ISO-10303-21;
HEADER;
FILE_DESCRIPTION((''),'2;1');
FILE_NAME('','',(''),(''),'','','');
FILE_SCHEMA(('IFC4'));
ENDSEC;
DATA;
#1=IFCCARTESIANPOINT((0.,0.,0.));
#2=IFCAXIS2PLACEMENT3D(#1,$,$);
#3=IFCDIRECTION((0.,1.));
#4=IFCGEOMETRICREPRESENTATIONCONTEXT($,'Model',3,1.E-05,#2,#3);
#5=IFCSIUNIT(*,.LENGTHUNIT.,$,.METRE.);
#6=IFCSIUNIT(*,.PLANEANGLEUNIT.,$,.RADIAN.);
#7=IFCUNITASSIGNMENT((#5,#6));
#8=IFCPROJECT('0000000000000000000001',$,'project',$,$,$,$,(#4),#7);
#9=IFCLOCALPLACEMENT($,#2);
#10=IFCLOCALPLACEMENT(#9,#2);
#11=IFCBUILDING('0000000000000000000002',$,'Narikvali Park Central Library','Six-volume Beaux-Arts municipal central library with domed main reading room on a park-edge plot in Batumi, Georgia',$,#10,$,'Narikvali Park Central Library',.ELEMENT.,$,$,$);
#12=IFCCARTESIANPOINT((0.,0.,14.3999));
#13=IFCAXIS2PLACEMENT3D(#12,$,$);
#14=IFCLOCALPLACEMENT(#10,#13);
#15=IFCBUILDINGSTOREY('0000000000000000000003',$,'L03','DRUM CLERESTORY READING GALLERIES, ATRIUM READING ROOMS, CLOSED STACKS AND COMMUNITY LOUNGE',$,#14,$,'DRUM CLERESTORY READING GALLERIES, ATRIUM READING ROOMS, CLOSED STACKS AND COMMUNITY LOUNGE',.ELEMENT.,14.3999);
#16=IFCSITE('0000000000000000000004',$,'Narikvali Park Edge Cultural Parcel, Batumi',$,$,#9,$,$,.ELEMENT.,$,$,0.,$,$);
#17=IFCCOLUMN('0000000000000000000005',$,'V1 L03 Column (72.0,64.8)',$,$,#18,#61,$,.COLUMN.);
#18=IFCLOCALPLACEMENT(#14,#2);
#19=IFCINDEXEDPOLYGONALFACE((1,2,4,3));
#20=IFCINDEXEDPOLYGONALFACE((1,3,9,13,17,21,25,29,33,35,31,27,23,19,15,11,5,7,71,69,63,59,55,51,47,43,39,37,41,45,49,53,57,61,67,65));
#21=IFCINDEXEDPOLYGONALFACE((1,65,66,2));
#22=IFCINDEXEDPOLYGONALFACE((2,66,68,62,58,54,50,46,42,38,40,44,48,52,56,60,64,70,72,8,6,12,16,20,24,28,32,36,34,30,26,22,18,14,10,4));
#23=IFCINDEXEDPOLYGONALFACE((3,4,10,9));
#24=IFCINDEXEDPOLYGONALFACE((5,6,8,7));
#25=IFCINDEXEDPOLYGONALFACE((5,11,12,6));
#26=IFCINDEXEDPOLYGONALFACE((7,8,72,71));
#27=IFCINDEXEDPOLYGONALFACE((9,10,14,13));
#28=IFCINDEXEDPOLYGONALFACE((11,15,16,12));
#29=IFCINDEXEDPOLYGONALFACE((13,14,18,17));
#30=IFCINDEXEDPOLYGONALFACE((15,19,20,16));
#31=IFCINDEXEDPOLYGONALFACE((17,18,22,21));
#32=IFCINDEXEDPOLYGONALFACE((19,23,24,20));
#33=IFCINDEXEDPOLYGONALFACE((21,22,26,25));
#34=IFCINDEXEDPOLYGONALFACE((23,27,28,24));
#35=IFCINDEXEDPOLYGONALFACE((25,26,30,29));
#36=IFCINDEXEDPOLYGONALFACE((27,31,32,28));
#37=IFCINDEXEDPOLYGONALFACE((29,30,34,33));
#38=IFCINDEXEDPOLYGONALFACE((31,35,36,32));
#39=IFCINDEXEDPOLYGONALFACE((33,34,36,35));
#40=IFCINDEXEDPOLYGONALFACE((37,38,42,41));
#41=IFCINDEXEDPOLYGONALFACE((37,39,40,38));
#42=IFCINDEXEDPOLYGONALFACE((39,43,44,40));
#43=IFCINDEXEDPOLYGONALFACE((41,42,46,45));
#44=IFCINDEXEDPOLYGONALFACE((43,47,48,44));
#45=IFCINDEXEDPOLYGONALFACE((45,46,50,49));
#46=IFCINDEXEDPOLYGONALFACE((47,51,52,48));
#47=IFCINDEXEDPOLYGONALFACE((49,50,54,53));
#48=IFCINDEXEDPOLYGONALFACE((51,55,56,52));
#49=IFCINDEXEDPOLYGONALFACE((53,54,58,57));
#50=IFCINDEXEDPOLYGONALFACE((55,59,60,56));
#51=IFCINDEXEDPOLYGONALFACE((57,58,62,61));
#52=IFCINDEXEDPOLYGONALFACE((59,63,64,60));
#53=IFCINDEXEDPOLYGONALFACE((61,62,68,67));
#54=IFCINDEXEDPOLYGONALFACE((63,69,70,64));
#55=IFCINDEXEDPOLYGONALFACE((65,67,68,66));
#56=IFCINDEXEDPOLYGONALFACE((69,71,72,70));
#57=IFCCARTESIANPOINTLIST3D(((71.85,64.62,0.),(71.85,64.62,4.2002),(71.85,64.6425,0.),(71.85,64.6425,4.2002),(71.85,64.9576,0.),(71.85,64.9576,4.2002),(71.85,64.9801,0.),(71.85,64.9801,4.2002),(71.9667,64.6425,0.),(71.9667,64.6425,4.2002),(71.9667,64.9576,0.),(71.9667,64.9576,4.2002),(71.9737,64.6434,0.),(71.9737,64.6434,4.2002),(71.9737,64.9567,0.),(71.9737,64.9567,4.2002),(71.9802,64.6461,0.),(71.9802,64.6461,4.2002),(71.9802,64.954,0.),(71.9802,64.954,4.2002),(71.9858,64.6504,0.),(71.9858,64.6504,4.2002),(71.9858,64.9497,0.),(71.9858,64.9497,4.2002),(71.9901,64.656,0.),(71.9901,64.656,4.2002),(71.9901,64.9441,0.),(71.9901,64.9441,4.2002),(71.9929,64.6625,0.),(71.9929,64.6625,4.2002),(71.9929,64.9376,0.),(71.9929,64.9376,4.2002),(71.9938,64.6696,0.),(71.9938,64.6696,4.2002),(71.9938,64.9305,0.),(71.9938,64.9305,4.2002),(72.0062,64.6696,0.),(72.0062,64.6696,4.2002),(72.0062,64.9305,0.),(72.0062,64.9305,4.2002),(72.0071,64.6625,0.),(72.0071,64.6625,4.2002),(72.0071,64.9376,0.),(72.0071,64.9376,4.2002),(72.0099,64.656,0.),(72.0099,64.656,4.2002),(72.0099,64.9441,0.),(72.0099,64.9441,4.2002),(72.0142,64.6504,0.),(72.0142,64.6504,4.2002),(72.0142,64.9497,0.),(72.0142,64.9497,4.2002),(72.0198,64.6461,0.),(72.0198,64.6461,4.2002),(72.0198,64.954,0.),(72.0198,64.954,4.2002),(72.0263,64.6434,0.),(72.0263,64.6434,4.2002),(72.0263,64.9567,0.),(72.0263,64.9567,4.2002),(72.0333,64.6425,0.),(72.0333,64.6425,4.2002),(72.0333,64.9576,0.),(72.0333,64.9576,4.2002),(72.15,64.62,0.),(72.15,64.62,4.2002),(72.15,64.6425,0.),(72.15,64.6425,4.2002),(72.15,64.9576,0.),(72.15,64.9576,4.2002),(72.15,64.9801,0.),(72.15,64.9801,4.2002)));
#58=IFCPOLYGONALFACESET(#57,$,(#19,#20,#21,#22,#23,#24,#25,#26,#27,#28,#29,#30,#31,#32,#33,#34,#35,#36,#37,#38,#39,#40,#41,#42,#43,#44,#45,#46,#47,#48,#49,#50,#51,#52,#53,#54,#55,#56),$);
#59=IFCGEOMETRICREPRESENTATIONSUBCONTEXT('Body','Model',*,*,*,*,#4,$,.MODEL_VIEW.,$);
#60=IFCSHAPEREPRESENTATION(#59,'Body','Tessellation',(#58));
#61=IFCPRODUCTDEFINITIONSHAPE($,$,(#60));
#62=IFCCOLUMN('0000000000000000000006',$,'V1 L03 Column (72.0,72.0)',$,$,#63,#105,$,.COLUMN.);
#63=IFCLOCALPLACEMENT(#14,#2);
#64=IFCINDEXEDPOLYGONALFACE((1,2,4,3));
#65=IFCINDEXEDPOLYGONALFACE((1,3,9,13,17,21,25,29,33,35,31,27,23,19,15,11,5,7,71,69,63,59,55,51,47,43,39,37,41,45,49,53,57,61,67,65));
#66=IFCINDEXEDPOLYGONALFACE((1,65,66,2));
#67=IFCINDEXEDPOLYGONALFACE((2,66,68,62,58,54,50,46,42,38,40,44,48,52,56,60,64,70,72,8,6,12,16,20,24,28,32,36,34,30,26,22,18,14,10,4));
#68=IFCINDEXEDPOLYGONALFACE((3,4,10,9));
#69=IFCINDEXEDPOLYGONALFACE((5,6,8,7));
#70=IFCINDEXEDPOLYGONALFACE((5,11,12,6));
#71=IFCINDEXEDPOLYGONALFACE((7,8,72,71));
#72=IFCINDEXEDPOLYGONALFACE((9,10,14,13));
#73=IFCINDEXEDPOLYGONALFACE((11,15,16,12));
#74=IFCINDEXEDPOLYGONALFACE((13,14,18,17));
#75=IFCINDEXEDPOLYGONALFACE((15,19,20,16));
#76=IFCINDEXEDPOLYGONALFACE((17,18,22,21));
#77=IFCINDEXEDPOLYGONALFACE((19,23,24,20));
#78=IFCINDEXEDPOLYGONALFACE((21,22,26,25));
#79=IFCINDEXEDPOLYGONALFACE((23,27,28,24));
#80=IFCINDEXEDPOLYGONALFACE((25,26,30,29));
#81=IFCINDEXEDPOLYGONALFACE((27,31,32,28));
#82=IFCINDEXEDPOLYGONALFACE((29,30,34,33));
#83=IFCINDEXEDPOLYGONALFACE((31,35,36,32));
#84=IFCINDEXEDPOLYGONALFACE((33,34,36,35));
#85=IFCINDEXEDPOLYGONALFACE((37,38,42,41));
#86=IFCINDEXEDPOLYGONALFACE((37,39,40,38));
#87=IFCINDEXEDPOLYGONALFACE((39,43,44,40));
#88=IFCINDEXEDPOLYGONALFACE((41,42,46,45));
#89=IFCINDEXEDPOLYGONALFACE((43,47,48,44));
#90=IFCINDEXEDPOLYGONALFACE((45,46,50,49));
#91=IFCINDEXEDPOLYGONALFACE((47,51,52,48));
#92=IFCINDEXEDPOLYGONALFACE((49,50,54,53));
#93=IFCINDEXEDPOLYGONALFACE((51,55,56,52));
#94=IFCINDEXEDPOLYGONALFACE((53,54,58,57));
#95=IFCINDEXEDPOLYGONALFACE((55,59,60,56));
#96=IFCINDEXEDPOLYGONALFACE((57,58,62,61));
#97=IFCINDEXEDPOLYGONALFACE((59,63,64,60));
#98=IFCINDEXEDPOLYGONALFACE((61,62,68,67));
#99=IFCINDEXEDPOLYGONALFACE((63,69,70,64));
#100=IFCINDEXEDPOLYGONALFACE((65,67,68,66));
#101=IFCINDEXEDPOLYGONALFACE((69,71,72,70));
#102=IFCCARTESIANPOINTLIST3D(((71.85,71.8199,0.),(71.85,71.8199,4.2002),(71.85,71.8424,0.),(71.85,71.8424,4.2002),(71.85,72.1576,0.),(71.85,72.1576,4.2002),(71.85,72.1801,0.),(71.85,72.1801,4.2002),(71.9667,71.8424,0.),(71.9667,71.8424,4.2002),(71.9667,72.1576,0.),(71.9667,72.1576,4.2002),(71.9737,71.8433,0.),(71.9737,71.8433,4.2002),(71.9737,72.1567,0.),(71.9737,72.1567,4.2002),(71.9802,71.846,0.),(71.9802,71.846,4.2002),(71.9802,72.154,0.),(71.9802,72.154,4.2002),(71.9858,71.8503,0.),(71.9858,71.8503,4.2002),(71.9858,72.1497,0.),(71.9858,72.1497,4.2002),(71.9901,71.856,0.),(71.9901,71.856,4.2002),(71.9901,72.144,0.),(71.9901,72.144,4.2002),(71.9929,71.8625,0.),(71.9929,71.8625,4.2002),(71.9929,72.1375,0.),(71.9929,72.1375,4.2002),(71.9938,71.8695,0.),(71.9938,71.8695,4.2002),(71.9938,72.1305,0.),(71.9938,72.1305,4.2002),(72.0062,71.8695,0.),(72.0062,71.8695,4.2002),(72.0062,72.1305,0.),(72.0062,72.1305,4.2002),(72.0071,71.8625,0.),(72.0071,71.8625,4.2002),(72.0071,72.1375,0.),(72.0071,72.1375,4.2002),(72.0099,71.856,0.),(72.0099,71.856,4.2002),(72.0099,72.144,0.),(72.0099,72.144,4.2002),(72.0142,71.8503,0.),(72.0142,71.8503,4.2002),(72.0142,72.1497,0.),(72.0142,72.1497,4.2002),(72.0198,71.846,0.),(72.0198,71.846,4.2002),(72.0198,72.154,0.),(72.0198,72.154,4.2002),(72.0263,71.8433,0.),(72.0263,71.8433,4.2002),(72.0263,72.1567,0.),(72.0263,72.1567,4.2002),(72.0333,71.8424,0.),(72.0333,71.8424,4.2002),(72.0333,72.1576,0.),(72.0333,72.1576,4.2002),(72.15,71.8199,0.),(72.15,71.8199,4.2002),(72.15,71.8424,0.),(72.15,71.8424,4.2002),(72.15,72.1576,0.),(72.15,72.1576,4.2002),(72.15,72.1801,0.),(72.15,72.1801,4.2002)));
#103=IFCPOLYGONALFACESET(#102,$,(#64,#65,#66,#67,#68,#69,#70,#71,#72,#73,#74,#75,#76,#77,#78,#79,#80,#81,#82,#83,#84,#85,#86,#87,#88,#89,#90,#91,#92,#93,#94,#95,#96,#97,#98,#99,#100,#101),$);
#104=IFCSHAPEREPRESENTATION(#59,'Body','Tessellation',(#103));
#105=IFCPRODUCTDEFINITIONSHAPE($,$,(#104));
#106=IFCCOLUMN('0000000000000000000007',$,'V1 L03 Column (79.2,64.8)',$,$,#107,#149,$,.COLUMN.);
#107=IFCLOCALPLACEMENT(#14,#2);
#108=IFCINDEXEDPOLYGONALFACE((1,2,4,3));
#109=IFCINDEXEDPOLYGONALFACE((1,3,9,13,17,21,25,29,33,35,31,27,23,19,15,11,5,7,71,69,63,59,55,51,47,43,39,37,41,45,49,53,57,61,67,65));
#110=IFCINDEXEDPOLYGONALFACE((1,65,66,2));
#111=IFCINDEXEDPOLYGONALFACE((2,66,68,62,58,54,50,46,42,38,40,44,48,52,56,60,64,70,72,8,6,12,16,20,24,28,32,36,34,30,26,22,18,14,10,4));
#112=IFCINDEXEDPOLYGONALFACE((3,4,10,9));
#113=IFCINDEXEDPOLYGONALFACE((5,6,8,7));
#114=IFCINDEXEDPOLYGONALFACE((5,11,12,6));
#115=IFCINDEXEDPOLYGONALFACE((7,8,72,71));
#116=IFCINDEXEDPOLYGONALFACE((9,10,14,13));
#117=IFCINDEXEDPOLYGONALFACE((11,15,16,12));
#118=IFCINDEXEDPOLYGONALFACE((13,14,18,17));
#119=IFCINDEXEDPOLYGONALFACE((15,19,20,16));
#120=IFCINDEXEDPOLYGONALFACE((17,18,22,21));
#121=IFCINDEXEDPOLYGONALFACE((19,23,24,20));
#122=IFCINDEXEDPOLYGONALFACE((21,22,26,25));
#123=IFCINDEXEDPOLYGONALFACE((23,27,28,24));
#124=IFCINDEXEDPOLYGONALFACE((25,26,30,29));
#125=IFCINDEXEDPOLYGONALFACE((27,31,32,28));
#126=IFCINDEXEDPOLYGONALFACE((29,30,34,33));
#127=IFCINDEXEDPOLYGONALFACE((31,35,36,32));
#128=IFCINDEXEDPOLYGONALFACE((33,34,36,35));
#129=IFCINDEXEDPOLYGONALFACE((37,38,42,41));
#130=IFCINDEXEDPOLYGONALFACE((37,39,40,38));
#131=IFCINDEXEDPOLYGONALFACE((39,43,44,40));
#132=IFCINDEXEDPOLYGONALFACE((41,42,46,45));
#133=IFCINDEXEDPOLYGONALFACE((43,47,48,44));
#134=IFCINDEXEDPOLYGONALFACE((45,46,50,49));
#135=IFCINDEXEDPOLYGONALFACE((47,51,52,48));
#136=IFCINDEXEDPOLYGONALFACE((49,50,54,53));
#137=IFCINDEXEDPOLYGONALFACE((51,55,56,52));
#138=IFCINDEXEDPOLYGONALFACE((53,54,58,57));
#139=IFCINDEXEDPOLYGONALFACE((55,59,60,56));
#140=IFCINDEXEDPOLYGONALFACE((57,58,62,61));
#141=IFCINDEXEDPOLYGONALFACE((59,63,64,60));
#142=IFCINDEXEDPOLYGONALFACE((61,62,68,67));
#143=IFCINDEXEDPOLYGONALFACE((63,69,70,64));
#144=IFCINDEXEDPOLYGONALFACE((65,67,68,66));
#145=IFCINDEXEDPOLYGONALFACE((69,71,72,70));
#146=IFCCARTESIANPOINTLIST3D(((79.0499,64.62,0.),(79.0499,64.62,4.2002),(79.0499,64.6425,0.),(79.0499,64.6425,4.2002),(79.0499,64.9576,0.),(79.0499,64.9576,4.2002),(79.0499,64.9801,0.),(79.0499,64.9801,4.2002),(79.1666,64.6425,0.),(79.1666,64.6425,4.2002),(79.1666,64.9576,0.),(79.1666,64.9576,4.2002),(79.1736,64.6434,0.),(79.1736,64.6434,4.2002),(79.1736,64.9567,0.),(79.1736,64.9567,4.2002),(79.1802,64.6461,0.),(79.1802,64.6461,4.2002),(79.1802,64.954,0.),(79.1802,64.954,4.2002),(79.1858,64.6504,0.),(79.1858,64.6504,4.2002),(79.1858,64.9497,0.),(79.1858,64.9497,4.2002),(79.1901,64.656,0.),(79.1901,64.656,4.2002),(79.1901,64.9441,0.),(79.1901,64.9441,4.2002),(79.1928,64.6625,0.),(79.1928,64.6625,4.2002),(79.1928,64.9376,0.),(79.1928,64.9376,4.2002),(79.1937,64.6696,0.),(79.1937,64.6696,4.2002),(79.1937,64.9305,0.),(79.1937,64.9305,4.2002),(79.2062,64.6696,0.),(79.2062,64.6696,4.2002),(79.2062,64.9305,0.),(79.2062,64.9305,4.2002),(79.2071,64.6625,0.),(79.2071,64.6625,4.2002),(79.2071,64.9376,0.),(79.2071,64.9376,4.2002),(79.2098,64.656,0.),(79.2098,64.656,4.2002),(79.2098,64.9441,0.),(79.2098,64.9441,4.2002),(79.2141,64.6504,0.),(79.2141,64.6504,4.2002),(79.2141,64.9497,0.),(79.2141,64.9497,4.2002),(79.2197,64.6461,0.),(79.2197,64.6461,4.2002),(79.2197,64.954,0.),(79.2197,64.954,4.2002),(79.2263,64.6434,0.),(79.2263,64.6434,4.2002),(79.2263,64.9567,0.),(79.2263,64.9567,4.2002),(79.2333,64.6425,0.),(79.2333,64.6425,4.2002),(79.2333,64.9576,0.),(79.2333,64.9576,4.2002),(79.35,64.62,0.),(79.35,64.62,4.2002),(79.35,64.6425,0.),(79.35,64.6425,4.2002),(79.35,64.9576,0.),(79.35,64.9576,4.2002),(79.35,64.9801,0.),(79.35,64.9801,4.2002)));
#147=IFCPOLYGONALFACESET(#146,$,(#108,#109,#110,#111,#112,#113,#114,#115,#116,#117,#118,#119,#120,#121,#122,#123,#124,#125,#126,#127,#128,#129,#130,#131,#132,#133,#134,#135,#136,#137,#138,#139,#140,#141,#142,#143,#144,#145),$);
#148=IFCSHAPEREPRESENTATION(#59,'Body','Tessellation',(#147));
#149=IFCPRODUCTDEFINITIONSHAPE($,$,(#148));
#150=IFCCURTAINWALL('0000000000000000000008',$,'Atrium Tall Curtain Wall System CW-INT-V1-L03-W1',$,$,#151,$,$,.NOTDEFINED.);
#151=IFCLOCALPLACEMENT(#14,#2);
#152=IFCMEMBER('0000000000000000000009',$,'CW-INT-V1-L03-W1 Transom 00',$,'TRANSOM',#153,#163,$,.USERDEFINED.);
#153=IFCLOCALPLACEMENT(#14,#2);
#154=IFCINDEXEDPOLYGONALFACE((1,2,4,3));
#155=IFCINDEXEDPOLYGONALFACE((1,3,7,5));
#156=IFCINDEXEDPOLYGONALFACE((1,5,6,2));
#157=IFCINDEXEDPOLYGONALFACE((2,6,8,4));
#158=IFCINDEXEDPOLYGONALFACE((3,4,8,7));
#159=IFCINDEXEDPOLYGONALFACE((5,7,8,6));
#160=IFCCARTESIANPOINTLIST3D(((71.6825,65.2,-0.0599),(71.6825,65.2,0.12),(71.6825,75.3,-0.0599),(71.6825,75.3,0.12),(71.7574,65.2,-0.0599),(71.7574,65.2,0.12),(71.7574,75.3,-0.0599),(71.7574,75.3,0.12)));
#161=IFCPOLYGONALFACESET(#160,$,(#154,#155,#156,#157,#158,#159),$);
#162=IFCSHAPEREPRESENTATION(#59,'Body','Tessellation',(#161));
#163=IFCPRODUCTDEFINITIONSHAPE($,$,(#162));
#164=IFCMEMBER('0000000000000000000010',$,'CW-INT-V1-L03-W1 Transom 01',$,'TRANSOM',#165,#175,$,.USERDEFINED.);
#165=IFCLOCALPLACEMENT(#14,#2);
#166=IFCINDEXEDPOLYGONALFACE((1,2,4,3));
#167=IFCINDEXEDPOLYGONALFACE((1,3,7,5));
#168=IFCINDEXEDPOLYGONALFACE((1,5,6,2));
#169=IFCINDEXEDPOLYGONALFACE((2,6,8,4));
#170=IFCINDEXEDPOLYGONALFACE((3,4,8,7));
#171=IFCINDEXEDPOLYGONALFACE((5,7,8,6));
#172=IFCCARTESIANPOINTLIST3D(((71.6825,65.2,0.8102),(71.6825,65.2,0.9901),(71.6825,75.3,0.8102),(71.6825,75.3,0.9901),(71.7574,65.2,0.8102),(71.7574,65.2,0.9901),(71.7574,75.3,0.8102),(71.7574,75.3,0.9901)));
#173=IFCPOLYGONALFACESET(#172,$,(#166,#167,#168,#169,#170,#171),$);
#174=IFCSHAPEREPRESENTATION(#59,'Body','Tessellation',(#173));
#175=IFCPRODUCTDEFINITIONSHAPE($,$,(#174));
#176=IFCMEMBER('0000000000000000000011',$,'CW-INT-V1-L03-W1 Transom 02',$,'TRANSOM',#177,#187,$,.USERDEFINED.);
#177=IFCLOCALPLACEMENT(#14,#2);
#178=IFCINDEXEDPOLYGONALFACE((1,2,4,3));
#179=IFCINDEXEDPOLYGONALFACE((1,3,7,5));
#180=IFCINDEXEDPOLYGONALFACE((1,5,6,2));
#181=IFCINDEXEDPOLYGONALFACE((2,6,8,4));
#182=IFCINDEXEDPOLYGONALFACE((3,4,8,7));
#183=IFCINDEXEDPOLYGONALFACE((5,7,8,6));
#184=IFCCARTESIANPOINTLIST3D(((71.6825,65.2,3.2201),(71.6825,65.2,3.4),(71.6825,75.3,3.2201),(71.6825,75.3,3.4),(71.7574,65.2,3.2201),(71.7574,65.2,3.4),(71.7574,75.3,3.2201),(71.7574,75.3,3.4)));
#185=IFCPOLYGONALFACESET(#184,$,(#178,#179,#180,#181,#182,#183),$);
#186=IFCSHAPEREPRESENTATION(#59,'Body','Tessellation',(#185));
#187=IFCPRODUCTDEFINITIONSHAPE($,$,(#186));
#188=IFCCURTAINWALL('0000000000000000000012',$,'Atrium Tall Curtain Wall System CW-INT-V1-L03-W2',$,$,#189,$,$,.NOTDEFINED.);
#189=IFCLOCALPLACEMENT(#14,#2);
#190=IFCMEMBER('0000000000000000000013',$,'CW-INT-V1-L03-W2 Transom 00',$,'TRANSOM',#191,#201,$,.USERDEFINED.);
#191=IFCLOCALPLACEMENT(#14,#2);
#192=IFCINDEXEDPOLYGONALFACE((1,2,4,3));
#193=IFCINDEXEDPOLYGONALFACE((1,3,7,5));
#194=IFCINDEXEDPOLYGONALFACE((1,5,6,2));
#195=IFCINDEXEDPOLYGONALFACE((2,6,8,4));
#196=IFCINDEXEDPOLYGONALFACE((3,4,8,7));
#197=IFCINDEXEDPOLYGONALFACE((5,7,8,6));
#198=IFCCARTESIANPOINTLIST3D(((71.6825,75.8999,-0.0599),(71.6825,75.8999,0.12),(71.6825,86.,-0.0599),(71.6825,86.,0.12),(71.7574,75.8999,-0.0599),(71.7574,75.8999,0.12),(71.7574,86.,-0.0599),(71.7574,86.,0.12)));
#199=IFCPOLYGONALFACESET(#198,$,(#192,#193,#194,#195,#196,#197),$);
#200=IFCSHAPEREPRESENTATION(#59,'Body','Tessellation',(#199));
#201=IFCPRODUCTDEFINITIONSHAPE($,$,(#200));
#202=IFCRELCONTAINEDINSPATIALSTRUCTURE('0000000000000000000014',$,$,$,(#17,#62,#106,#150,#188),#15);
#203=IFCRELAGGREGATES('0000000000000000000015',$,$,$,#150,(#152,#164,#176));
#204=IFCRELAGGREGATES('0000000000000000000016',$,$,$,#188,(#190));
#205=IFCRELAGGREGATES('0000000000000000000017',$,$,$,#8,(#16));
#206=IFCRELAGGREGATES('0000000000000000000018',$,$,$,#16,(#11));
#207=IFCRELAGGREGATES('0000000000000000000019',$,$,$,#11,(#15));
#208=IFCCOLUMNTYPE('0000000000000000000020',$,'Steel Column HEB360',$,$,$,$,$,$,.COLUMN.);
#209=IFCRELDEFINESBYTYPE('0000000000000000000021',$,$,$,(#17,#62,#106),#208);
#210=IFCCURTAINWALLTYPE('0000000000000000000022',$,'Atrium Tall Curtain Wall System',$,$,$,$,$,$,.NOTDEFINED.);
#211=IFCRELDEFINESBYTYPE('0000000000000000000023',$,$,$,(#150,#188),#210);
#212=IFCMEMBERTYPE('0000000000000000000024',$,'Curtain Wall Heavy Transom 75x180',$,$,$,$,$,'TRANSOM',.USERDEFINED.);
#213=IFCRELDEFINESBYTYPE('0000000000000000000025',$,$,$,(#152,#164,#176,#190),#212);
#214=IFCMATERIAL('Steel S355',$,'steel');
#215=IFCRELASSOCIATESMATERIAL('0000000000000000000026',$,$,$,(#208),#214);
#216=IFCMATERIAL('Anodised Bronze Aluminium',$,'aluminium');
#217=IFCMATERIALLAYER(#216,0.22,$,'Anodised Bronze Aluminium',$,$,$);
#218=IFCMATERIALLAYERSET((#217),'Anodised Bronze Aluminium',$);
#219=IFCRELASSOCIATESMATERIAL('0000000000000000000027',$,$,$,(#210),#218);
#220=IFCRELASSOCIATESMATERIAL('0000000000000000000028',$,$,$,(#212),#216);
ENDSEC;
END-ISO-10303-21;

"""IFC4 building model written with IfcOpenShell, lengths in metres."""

from ifc_helpers import new_model, si_unit, direction, frame, origin, origin_2d, place, context, subcontext, project, spatial, rectangle, i_section, extrude, material, layer, layer_set, material_profile, profile_set, type_object, element, aggregate, save


model = new_model("IFC4")

# Units and contexts
model_context = context("Model", 3, precision=1e-05, world=origin(), true_north=direction((0.0, 1.0)))
body_context = subcontext(model_context, "Body", "Model", "MODEL_VIEW")
ifc_project = project(units=[si_unit("LENGTHUNIT", "METRE"), si_unit("PLANEANGLEUNIT", "RADIAN")], contexts=[model_context])

# Site, building, storey
site_placement = place(None, origin())
site = spatial("IfcSite", under=ifc_project, at=site_placement, Name="Narikvali Park Edge Cultural Parcel, Batumi", CompositionType="ELEMENT", RefElevation=0.0)
building_placement = place(site_placement, origin())
building = spatial("IfcBuilding", under=site, at=building_placement, Name="Narikvali Park Central Library", Description="Six-volume Beaux-Arts municipal central library with domed main reading room on a park-edge plot in Batumi, Georgia", LongName="Narikvali Park Central Library", CompositionType="ELEMENT")
storey_placement = place(building_placement, frame((0.0, 0.0, 14.3999)))
storey = spatial("IfcBuildingStorey", under=building, at=storey_placement, Name="L03", Description="DRUM CLERESTORY READING GALLERIES, ATRIUM READING ROOMS, CLOSED STACKS AND COMMUNITY LOUNGE", LongName="DRUM CLERESTORY READING GALLERIES, ATRIUM READING ROOMS, CLOSED STACKS AND COMMUNITY LOUNGE", CompositionType="ELEMENT", Elevation=14.3999)

# Columns
ifc_material_1 = material(Name="Steel S355", Category="steel")
ifc_material_profile_1 = material_profile(ifc_material_1, i_section(OverallWidth=0.3, OverallDepth=0.3601, WebThickness=0.0125, FlangeThickness=0.0225, FilletRadius=0.0271, at=origin_2d()), Name="HEB 360")
ifc_profile_set_1 = profile_set([ifc_material_profile_1], Name="Steel S355")
column_type = type_object("IfcColumnType", Name="Steel Column HEB360", PredefinedType="COLUMN", material=ifc_profile_set_1)
for number, where, z_axis, x_axis, name in (
    (1, (72.0, 64.8, 0.0), (0.0, 0.0, 1.0), (1.0, 0.0, 0.0), "V1 L03 Column (72.0,64.8)"),
    (2, (72.0, 72.0, 0.0), (0.0, 0.0, 1.0), (1.0, 0.0, 0.0), "V1 L03 Column (72.0,72.0)"),
    (3, (79.2, 64.8, 0.0), (0.0, 0.0, 1.0), (1.0, 0.0, 0.0), "V1 L03 Column (79.2,64.8)"),
):
    element("IfcColumn", number, at=place(storey_placement, frame(where, z_axis=z_axis, x_axis=x_axis)), inside=storey, type_object=column_type, Name=name, PredefinedType="COLUMN", context=body_context, shape_type="SweptSolid", body=[
        extrude(i_section(OverallWidth=0.3, OverallDepth=0.3601, WebThickness=0.0125, FlangeThickness=0.0225, FilletRadius=0.0271, at=origin_2d()), origin(), (0.0, 0.0, 1.0), 4.2002),
    ])

# Curtain walls, members
ifc_material_2 = material(Name="Anodised Bronze Aluminium", Category="aluminium")
ifc_layer_1 = layer(ifc_material_2, 0.22, Name="Anodised Bronze Aluminium")
ifc_layer_set_1 = layer_set([ifc_layer_1], Name="Anodised Bronze Aluminium")
curtain_wall_type = type_object("IfcCurtainWallType", Name="Atrium Tall Curtain Wall System", PredefinedType="NOTDEFINED", material=ifc_layer_set_1)
curtain_wall_1_placement = place(storey_placement, origin())
curtain_wall_1 = element("IfcCurtainWall", 4, at=curtain_wall_1_placement, inside=storey, type_object=curtain_wall_type, Name="Atrium Tall Curtain Wall System CW-INT-V1-L03-W1", PredefinedType="NOTDEFINED")
ifc_material_profile_2 = material_profile(ifc_material_2, rectangle(XDim=0.075, YDim=0.1799, at=origin_2d()), Name="CW TRANSOM 75x180")
ifc_profile_set_2 = profile_set([ifc_material_profile_2], Name="Anodised Bronze Aluminium")
member_type_1 = type_object("IfcMemberType", Name="Curtain Wall Heavy Transom 75x180", ElementType="TRANSOM", PredefinedType="USERDEFINED", material=ifc_profile_set_2)
member_1_placement = place(storey_placement, frame((71.72, 65.2, 0.03), z_axis=(0.0, 1.0, 0.0), x_axis=(-1.0, 0.0, 0.0)))
member_1 = element("IfcMember", 5, at=member_1_placement, type_object=member_type_1, Name="CW-INT-V1-L03-W1 Transom 00", ObjectType="TRANSOM", PredefinedType="USERDEFINED", context=body_context, shape_type="SweptSolid", body=[
    extrude(rectangle(XDim=0.075, YDim=0.1799, at=origin_2d()), origin(), (0.0, 0.0, 1.0), 10.1001),
])
member_2_placement = place(storey_placement, frame((71.72, 65.2, 0.9001), z_axis=(0.0, 1.0, 0.0), x_axis=(-1.0, 0.0, 0.0)))
member_2 = element("IfcMember", 6, at=member_2_placement, type_object=member_type_1, Name="CW-INT-V1-L03-W1 Transom 01", ObjectType="TRANSOM", PredefinedType="USERDEFINED", context=body_context, shape_type="SweptSolid", body=[
    extrude(rectangle(XDim=0.075, YDim=0.1799, at=origin_2d()), origin(), (0.0, 0.0, 1.0), 10.1001),
])
member_3_placement = place(storey_placement, frame((71.72, 65.2, 3.3101), z_axis=(0.0, 1.0, 0.0), x_axis=(-1.0, 0.0, 0.0)))
member_3 = element("IfcMember", 7, at=member_3_placement, type_object=member_type_1, Name="CW-INT-V1-L03-W1 Transom 02", ObjectType="TRANSOM", PredefinedType="USERDEFINED", context=body_context, shape_type="SweptSolid", body=[
    extrude(rectangle(XDim=0.075, YDim=0.1799, at=origin_2d()), origin(), (0.0, 0.0, 1.0), 10.1001),
])
curtain_wall_2_placement = place(storey_placement, origin())
curtain_wall_2 = element("IfcCurtainWall", 8, at=curtain_wall_2_placement, inside=storey, type_object=curtain_wall_type, Name="Atrium Tall Curtain Wall System CW-INT-V1-L03-W2", PredefinedType="NOTDEFINED")
member_4_placement = place(storey_placement, frame((71.72, 75.8999, 0.03), z_axis=(0.0, 1.0, 0.0), x_axis=(-1.0, 0.0, 0.0)))
member_4 = element("IfcMember", 9, at=member_4_placement, type_object=member_type_1, Name="CW-INT-V1-L03-W2 Transom 00", ObjectType="TRANSOM", PredefinedType="USERDEFINED", context=body_context, shape_type="SweptSolid", body=[
    extrude(rectangle(XDim=0.075, YDim=0.1799, at=origin_2d()), origin(), (0.0, 0.0, 1.0), 10.1001),
])

aggregate(curtain_wall_1, [member_1, member_2, member_3])
aggregate(curtain_wall_2, [member_4])

save(model, "model.ifc")
